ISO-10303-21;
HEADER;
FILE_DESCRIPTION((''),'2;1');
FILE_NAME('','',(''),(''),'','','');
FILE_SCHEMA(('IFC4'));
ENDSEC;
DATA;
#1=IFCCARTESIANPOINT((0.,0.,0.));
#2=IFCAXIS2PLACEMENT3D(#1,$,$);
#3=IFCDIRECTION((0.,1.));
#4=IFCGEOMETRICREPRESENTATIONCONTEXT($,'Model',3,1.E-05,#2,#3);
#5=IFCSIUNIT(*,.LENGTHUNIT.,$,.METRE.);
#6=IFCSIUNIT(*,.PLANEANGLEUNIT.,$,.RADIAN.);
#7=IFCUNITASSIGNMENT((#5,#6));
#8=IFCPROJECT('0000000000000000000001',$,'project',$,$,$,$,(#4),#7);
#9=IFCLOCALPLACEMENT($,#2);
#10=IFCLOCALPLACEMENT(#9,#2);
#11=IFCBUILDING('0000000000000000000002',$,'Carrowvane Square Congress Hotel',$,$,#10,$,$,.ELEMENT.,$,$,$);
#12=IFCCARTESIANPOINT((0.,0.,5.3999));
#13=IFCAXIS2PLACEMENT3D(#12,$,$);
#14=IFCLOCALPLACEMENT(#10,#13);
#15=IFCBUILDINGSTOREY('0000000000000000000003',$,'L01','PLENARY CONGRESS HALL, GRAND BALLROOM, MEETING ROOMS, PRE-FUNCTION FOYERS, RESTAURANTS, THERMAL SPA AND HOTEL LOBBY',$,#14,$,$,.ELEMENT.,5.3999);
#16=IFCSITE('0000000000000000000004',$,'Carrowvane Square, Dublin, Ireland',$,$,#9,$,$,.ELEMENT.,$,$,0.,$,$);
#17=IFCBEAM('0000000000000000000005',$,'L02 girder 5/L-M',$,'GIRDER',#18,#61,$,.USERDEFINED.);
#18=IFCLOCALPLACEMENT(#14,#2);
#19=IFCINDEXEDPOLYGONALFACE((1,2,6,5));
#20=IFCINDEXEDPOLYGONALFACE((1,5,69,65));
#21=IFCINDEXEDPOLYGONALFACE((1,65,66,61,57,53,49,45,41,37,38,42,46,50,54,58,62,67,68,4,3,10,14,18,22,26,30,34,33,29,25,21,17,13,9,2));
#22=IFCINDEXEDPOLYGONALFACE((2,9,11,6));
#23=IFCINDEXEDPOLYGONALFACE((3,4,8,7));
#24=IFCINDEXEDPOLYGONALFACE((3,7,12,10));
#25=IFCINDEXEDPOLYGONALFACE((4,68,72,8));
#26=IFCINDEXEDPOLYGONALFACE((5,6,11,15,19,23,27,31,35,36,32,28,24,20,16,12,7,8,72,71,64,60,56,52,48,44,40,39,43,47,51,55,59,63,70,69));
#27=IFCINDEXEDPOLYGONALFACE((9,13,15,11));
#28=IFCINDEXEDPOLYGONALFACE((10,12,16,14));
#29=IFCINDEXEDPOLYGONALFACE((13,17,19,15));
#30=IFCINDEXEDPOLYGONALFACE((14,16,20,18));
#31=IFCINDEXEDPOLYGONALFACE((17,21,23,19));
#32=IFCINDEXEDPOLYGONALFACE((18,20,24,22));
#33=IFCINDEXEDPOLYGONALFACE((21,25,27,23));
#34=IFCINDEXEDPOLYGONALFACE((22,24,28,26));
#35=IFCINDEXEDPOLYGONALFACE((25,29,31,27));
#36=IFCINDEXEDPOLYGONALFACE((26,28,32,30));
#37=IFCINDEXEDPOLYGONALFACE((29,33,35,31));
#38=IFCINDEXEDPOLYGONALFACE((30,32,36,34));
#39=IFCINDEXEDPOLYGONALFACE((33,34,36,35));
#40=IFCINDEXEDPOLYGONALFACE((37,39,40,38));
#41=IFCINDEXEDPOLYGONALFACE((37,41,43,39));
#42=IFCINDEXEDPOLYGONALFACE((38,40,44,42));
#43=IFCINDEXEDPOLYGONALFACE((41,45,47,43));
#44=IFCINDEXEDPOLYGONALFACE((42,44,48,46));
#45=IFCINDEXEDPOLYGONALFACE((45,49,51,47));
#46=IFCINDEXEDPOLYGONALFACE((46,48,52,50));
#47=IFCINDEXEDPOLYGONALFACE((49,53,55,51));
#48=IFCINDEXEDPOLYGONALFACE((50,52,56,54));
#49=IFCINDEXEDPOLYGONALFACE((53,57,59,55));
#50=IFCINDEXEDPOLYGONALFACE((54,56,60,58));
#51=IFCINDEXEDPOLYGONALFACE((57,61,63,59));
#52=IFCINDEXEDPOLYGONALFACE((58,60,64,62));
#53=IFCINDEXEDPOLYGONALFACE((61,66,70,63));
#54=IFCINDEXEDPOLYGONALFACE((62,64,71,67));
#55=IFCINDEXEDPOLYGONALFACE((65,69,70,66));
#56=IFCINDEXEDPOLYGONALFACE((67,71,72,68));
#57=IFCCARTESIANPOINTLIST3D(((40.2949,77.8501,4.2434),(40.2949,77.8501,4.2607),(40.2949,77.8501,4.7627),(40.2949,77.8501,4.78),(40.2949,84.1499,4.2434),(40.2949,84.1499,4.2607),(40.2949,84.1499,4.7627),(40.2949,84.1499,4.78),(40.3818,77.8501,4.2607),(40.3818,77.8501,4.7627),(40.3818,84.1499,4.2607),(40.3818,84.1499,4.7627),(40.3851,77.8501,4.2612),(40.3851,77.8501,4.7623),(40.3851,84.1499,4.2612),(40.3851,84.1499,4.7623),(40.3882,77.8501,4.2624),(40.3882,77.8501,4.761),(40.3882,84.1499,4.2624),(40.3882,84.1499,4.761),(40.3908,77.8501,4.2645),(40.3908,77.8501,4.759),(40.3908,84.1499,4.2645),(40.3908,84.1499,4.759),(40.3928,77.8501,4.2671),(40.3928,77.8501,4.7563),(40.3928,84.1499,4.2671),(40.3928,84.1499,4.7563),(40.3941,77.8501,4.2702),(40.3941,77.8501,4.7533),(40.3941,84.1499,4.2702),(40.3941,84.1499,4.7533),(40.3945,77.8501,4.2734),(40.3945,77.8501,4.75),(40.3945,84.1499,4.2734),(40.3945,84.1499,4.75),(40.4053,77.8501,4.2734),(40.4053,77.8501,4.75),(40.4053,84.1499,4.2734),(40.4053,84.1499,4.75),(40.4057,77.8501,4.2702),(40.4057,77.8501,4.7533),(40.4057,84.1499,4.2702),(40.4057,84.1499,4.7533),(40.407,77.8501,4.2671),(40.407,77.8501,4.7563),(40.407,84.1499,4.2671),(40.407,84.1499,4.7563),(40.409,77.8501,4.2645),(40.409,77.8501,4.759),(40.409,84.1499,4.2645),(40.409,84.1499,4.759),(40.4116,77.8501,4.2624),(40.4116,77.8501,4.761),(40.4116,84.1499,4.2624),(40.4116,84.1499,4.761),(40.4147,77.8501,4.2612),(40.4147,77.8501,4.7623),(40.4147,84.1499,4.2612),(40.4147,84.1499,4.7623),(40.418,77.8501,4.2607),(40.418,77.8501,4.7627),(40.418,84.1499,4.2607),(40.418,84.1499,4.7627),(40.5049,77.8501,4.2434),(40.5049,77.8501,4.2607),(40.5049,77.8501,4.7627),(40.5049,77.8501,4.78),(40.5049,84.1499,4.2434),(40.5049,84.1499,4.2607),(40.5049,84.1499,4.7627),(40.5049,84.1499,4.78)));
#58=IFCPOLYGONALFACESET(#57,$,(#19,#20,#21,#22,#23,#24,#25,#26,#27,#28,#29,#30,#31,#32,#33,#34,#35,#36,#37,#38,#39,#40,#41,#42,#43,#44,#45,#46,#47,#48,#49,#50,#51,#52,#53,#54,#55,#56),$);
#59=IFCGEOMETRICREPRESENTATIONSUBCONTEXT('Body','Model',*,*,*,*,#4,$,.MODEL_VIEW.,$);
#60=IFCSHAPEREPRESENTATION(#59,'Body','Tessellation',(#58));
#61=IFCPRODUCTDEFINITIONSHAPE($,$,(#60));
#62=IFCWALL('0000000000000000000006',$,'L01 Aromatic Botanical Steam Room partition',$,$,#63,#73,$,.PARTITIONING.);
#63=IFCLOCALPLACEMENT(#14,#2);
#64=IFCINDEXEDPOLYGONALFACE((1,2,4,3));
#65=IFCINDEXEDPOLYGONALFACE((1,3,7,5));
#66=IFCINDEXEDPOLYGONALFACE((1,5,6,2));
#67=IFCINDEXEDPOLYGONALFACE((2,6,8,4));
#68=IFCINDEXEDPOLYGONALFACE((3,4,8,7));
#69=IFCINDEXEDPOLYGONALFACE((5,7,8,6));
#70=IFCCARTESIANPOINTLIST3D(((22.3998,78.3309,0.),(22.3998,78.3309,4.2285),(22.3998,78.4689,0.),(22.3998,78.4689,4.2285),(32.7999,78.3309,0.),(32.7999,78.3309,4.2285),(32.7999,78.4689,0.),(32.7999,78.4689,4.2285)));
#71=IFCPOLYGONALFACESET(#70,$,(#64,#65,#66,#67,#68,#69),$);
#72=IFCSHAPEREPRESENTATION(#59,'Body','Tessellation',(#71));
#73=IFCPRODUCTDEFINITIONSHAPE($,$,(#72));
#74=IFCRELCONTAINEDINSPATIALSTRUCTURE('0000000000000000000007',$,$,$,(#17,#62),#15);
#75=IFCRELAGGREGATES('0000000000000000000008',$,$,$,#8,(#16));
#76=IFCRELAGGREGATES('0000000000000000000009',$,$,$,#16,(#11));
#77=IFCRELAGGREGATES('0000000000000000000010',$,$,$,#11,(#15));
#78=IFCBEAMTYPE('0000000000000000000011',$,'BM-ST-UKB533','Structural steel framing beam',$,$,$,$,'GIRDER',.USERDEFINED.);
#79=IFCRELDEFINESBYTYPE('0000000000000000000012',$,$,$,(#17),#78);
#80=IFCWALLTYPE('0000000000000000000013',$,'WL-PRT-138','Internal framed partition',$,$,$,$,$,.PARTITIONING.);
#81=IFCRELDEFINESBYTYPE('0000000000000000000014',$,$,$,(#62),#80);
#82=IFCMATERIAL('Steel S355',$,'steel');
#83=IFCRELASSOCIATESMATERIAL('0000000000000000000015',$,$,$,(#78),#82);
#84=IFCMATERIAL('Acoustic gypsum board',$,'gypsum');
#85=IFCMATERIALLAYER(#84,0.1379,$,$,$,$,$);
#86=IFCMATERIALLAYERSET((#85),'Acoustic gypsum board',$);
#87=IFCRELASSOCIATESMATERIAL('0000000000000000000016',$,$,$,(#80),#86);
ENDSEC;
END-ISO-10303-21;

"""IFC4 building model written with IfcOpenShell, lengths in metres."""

from ifc_helpers import new_model, si_unit, direction, frame, frame_2d, origin, origin_2d, place, context, subcontext, project, spatial, rectangle, i_section, extrude, material, layer, layer_set, material_profile, profile_set, type_object, element, save


model = new_model("IFC4")

# Units and contexts
model_context = context("Model", 3, precision=1e-05, world=origin(), true_north=direction((0.0, 1.0)))
body_context = subcontext(model_context, "Body", "Model", "MODEL_VIEW")
ifc_project = project(units=[si_unit("LENGTHUNIT", "METRE"), si_unit("PLANEANGLEUNIT", "RADIAN")], contexts=[model_context])

# Site, building, storey
site_placement = place(None, origin())
site = spatial("IfcSite", under=ifc_project, at=site_placement, Name="Carrowvane Square, Dublin, Ireland", CompositionType="ELEMENT", RefElevation=0.0)
building_placement = place(site_placement, origin())
building = spatial("IfcBuilding", under=site, at=building_placement, Name="Carrowvane Square Congress Hotel", CompositionType="ELEMENT")
storey_placement = place(building_placement, frame((0.0, 0.0, 5.3999)))
storey = spatial("IfcBuildingStorey", under=building, at=storey_placement, Name="L01", Description="PLENARY CONGRESS HALL, GRAND BALLROOM, MEETING ROOMS, PRE-FUNCTION FOYERS, RESTAURANTS, THERMAL SPA AND HOTEL LOBBY", CompositionType="ELEMENT", Elevation=5.3999)

# Beam
ifc_material_1 = material(Name="Steel S355", Category="steel")
ifc_material_profile_1 = material_profile(ifc_material_1, i_section(OverallWidth=0.21, OverallDepth=0.5366, WebThickness=0.0107, FlangeThickness=0.0173, FilletRadius=0.0127, at=origin_2d()), Name="UKB 533x210x101")
ifc_profile_set_1 = profile_set([ifc_material_profile_1], Name="Steel S355")
beam_type_1 = type_object("IfcBeamType", Name="BM-ST-UKB533", Description="Structural steel framing beam", ElementType="GIRDER", PredefinedType="USERDEFINED", material=ifc_profile_set_1)
beam_1_placement = place(storey_placement, frame((40.3999, 77.8501, 4.5117), z_axis=(0.0, 1.0, 0.0), x_axis=(-1.0, 0.0, 0.0)))
element("IfcBeam", 1, at=beam_1_placement, inside=storey, type_object=beam_type_1, Name="L02 girder 5/L-M", ObjectType="GIRDER", PredefinedType="USERDEFINED", context=body_context, shape_type="SweptSolid", body=[
    extrude(i_section(OverallWidth=0.21, OverallDepth=0.5366, WebThickness=0.0107, FlangeThickness=0.0173, FilletRadius=0.0127, at=origin_2d()), origin(), (0.0, 0.0, 1.0), 6.2998),
])

# Wall
ifc_material_2 = material(Name="Acoustic gypsum board", Category="gypsum")
ifc_layer = layer(ifc_material_2, 0.1379)
ifc_layer_set = layer_set([ifc_layer], Name="Acoustic gypsum board")
wall_type = type_object("IfcWallType", Name="WL-PRT-138", Description="Internal framed partition", PredefinedType="PARTITIONING", material=ifc_layer_set)
wall_placement = place(storey_placement, frame((32.8, 78.3999, 0.0), z_axis=(0.0, 0.0, 1.0), x_axis=(-1.0, 0.0, 0.0)))
element("IfcWall", 2, at=wall_placement, inside=storey, type_object=wall_type, Name="L01 Aromatic Botanical Steam Room partition", PredefinedType="PARTITIONING", context=body_context, shape_type="SweptSolid", body=[
    extrude(rectangle(XDim=10.4001, YDim=0.1379, at=frame_2d((5.2002, 0.0))), origin(), (0.0, 0.0, 1.0), 4.2285),
])

save(model, "model.ifc")
